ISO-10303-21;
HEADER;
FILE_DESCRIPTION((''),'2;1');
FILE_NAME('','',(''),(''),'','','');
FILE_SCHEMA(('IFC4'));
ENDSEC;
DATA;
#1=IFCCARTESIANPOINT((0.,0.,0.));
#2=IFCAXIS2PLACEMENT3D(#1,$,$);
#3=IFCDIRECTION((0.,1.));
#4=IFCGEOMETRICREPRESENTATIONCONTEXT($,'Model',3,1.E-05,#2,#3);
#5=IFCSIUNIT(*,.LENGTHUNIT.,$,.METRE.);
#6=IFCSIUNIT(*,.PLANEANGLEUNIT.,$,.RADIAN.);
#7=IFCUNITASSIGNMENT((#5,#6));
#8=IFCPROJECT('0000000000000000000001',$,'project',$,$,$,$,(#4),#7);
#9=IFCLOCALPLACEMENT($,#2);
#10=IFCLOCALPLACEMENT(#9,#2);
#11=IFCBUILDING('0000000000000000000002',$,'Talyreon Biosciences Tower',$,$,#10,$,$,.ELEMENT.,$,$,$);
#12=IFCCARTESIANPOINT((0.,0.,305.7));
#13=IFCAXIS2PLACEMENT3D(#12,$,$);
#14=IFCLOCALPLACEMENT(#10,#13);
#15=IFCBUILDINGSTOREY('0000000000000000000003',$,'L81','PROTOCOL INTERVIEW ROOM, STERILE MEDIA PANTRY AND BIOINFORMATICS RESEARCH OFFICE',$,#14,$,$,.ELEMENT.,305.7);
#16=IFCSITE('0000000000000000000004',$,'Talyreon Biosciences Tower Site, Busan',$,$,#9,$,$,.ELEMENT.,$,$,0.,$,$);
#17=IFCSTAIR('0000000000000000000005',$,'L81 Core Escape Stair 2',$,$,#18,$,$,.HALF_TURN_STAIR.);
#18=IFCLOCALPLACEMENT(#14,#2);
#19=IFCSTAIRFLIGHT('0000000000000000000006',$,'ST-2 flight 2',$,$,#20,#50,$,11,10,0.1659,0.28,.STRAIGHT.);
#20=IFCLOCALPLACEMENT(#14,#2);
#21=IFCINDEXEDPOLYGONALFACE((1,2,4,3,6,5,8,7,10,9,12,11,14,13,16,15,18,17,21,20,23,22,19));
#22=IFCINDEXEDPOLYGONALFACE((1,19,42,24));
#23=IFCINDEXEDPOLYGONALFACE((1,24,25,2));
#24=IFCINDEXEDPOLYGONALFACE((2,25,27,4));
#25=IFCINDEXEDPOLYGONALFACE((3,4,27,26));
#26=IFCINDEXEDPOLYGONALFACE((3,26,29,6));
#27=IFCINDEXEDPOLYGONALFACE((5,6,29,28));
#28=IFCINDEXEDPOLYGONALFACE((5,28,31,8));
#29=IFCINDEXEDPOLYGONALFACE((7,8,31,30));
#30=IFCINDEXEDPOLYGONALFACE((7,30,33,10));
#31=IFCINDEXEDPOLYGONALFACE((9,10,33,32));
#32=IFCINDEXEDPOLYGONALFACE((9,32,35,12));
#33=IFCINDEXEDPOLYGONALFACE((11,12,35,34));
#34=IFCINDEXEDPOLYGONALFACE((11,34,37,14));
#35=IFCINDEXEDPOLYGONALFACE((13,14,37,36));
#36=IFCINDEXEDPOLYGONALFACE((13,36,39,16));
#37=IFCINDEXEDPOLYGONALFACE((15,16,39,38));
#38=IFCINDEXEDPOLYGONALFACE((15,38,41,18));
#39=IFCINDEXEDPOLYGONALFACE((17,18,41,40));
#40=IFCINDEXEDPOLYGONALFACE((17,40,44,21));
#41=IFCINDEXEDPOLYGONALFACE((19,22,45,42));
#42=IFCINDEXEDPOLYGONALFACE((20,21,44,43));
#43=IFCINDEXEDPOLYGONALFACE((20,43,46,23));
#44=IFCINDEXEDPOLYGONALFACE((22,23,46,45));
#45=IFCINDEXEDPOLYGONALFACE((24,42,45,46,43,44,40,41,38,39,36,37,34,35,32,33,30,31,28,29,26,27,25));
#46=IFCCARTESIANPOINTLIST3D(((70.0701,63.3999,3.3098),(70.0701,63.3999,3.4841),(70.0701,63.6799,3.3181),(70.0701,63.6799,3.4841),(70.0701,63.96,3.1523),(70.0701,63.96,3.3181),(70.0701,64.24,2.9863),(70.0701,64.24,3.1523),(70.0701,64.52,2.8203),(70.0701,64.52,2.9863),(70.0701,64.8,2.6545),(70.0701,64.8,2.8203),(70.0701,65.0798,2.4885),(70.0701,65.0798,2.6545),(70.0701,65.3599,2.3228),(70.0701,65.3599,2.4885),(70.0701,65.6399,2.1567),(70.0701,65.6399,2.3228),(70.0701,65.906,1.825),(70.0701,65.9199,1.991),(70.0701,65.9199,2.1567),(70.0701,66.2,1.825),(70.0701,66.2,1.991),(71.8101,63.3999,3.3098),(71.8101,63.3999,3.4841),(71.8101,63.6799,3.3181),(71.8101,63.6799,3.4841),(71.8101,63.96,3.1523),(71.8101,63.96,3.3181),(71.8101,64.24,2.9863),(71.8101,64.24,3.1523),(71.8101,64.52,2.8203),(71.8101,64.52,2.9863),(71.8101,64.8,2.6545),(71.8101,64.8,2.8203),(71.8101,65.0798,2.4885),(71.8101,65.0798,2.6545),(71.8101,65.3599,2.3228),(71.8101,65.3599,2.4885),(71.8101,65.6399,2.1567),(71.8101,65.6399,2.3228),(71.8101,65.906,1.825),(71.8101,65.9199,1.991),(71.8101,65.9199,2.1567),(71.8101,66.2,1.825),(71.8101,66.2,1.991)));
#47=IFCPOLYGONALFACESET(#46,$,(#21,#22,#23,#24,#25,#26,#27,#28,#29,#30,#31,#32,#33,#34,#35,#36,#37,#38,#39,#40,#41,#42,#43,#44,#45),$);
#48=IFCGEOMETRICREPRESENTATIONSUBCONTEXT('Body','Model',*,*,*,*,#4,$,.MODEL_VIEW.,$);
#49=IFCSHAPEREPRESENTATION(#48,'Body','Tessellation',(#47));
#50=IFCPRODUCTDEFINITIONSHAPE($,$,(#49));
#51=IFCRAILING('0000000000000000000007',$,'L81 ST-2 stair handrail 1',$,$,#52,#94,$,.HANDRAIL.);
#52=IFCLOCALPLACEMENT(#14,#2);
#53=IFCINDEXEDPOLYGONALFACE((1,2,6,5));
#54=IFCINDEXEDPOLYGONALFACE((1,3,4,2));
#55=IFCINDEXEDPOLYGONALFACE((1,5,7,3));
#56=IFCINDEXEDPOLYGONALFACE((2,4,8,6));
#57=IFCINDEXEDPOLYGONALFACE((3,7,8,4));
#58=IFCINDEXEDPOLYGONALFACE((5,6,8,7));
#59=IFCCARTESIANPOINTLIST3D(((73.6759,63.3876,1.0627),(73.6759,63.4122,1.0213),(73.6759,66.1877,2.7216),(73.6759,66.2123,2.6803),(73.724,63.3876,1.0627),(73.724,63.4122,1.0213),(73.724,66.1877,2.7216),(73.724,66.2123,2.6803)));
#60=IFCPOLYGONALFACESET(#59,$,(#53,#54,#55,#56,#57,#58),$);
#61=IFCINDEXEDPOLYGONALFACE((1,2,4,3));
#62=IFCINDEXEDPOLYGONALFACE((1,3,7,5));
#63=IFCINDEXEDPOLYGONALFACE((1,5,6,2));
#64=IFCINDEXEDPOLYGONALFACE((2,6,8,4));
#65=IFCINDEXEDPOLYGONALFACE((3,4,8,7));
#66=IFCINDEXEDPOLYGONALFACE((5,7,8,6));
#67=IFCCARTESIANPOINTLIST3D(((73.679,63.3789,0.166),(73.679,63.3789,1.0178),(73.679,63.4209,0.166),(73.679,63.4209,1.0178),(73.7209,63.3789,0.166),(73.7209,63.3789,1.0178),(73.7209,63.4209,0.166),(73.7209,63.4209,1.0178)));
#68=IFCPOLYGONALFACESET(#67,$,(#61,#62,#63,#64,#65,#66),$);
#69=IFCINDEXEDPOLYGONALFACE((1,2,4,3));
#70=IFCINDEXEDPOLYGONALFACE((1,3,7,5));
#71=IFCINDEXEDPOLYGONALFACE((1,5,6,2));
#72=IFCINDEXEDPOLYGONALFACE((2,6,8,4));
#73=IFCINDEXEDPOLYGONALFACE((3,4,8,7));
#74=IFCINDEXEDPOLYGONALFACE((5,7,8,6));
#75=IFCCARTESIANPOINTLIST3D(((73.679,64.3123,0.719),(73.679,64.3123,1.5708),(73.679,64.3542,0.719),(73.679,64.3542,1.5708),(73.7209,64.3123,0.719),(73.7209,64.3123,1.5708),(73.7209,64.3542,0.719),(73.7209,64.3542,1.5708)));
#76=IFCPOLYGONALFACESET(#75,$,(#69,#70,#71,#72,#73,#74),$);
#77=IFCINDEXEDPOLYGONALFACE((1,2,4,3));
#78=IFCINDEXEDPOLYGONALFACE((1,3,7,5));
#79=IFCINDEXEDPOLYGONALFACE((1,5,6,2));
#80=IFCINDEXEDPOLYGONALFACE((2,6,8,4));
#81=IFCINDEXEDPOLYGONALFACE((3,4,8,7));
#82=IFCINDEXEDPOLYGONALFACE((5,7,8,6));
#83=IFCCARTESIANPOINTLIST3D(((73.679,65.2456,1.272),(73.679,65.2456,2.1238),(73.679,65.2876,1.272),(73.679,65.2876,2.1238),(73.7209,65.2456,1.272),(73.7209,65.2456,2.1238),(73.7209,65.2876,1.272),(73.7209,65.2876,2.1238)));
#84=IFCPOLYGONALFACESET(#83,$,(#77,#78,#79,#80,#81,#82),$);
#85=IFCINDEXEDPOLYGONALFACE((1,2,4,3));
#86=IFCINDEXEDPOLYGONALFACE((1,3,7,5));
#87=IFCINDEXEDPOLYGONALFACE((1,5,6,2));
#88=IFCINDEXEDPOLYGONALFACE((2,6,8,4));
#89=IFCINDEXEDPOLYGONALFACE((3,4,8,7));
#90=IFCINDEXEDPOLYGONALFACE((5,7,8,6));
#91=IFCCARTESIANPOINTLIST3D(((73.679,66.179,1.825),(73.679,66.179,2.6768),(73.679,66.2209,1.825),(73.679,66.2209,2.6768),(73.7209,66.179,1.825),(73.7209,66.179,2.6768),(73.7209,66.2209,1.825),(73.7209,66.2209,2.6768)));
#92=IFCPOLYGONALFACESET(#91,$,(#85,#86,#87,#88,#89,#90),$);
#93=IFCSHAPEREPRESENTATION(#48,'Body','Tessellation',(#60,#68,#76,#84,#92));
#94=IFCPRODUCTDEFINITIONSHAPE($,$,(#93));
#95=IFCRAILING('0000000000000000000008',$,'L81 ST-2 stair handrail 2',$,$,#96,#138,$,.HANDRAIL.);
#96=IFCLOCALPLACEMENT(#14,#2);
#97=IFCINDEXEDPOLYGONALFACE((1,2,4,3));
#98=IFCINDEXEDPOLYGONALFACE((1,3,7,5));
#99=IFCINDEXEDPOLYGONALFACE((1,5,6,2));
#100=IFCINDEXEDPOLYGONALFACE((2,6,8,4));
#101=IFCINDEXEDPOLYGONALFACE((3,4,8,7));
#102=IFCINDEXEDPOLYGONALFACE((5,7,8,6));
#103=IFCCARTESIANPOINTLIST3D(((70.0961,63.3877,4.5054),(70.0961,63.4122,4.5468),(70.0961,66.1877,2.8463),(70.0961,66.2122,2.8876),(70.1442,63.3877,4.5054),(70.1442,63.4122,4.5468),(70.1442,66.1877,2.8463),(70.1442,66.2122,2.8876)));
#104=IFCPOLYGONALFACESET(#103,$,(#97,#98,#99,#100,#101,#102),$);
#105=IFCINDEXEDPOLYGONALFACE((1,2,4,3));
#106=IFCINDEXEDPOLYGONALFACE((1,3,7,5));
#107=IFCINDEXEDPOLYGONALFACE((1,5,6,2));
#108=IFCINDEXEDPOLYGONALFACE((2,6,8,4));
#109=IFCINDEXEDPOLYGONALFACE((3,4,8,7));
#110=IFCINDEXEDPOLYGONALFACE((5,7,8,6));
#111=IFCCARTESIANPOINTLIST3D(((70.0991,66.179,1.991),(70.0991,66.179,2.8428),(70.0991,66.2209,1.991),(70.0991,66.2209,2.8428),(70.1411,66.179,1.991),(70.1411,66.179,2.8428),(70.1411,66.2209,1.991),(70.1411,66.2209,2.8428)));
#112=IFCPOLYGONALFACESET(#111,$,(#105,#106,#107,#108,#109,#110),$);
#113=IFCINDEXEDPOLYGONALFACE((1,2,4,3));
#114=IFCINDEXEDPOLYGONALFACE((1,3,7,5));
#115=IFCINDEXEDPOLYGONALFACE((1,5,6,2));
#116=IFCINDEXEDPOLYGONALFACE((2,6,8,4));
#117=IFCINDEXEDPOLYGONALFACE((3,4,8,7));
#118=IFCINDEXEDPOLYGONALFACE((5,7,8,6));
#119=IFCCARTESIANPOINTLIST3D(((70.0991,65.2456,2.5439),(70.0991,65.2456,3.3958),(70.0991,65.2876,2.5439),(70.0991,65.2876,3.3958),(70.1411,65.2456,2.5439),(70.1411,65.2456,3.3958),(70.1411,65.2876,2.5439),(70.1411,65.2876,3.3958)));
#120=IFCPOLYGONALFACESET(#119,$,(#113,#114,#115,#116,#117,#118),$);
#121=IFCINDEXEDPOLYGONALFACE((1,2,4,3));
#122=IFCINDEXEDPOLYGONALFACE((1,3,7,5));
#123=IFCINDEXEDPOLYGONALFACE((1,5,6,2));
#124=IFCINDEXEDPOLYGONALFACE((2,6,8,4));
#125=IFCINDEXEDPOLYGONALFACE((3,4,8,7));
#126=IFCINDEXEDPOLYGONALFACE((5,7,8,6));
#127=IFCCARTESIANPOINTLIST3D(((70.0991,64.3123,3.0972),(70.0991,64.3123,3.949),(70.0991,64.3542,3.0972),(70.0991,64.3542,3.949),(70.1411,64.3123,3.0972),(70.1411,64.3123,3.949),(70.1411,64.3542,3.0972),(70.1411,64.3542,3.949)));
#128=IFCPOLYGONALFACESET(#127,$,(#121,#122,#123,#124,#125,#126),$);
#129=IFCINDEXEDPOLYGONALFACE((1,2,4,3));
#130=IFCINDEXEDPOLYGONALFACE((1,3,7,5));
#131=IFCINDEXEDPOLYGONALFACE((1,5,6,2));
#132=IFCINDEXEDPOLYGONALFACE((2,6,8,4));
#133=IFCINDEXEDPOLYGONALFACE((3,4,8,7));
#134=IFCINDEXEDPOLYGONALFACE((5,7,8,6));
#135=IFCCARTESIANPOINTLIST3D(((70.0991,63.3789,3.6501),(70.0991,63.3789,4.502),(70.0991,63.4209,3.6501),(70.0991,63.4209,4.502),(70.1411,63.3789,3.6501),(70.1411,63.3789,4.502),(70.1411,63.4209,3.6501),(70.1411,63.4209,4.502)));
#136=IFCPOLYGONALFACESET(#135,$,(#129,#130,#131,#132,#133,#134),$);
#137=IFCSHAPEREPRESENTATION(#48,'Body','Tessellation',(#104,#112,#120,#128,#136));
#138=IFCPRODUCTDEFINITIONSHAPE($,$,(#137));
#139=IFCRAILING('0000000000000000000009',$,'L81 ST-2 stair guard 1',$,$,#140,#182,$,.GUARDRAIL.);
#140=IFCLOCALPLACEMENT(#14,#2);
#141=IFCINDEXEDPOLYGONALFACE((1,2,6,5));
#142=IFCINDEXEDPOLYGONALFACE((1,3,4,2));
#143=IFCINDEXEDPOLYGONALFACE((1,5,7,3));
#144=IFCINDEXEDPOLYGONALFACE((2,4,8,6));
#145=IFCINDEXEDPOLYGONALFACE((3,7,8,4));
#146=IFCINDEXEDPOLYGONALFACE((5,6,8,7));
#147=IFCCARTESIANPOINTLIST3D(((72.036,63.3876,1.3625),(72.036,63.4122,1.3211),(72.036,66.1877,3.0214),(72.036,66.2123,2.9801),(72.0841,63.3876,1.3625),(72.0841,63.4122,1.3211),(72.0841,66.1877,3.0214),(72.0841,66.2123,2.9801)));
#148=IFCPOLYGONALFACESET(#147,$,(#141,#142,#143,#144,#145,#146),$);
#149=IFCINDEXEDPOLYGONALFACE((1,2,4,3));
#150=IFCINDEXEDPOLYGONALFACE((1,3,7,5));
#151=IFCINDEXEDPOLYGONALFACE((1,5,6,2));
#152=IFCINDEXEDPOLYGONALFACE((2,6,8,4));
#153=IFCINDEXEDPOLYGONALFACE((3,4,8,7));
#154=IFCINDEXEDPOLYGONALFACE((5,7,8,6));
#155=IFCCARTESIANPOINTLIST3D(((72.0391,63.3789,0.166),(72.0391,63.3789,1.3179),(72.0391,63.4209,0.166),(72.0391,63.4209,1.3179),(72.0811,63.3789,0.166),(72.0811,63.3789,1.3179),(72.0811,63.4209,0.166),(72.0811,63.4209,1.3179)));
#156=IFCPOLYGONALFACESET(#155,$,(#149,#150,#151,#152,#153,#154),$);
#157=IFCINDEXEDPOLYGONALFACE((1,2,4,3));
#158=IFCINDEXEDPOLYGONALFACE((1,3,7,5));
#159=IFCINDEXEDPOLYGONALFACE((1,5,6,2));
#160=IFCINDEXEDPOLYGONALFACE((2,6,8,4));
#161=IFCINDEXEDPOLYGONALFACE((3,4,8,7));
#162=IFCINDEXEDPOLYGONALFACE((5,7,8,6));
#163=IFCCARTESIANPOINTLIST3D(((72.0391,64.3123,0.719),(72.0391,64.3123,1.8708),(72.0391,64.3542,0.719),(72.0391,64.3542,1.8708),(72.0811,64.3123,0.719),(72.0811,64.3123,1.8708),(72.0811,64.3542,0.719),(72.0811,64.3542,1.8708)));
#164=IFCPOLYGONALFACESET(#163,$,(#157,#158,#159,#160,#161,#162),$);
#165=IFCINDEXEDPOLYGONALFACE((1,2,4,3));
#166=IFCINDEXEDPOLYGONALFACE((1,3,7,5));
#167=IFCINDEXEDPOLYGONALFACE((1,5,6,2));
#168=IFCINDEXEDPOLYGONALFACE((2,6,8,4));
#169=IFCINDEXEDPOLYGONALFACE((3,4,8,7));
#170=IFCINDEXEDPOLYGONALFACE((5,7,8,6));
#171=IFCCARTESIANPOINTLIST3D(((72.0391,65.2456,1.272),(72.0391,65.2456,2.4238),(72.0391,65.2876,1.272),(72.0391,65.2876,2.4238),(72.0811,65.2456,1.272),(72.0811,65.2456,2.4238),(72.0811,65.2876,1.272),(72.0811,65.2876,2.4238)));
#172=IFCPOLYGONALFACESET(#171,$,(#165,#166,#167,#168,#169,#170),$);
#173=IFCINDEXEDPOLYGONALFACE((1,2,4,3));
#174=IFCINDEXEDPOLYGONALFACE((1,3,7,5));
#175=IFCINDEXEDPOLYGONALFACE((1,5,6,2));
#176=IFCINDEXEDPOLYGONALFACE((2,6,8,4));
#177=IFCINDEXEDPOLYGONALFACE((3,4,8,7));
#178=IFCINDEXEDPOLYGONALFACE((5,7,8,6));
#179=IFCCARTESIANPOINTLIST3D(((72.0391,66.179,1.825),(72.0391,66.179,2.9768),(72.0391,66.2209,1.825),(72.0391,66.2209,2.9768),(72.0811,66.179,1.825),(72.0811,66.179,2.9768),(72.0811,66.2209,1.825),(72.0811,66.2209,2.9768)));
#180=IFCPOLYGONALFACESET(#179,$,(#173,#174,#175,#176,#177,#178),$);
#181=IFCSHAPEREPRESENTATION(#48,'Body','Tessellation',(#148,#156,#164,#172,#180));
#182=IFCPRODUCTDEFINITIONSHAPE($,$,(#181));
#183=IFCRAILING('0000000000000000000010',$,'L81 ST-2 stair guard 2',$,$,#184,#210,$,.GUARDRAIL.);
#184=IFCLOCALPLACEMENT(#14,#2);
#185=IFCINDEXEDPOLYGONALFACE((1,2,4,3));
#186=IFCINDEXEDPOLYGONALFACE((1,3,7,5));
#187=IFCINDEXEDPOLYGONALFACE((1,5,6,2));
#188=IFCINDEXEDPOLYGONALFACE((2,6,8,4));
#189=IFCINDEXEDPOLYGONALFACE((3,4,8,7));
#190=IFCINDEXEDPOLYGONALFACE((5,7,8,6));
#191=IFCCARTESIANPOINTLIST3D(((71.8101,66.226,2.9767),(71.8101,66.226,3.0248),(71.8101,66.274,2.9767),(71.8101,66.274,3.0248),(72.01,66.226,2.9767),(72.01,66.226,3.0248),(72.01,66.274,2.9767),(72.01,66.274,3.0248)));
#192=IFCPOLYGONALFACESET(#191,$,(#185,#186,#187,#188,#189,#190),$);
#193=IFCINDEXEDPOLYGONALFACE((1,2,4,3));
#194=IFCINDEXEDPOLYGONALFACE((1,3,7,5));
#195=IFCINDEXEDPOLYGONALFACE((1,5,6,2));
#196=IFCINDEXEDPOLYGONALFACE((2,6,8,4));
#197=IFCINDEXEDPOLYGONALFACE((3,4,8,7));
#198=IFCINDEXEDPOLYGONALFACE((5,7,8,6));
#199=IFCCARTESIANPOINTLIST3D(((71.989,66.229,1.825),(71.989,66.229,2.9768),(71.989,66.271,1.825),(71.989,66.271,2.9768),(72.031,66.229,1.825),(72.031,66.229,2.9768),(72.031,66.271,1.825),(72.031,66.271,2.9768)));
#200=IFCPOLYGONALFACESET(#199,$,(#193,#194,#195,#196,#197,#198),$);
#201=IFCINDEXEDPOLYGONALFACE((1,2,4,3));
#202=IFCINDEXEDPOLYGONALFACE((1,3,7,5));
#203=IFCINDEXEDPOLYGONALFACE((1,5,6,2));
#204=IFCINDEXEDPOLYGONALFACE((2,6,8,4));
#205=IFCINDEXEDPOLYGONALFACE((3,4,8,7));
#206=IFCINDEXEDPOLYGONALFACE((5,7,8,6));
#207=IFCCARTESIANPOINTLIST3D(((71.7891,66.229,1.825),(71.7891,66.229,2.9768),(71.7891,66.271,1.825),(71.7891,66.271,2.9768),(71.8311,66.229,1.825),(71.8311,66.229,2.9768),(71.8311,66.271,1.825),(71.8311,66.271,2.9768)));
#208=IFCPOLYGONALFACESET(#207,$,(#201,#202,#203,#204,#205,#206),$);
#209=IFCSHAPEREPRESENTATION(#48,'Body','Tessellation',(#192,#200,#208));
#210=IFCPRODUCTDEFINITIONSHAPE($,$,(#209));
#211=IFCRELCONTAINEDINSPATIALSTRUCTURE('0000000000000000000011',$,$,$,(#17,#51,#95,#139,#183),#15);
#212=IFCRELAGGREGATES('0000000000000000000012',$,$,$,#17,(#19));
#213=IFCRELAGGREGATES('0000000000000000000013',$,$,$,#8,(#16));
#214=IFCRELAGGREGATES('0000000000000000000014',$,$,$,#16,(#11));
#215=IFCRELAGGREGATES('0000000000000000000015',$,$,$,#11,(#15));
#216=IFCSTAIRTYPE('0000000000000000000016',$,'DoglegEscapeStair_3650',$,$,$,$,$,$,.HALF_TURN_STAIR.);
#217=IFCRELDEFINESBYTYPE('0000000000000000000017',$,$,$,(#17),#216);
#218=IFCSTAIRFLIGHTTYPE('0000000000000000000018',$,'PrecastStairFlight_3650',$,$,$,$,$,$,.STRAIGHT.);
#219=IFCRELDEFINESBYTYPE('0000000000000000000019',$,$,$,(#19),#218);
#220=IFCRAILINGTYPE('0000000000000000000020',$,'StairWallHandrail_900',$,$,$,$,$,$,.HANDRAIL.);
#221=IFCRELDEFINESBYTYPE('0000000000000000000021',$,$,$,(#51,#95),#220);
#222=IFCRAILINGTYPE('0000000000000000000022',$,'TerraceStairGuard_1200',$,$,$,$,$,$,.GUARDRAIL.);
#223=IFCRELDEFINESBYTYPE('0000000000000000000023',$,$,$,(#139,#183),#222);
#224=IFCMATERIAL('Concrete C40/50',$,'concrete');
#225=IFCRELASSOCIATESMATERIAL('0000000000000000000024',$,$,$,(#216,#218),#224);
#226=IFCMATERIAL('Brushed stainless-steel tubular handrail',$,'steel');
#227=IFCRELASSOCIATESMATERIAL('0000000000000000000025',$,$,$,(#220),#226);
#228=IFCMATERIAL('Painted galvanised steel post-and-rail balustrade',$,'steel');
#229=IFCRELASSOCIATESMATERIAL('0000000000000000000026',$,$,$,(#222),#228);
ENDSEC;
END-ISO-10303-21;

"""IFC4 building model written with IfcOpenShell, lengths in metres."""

from ifc_helpers import new_model, si_unit, direction, frame, origin, origin_2d, place, context, subcontext, project, spatial, polyline, rectangle, outline, extrude, material, type_object, element, aggregate, save


model = new_model("IFC4")

# Units and contexts
model_context = context("Model", 3, precision=1e-05, world=origin(), true_north=direction((0.0, 1.0)))
body_context = subcontext(model_context, "Body", "Model", "MODEL_VIEW")
ifc_project = project(units=[si_unit("LENGTHUNIT", "METRE"), si_unit("PLANEANGLEUNIT", "RADIAN")], contexts=[model_context])

# Site, building, storey
site_placement = place(None, origin())
site = spatial("IfcSite", under=ifc_project, at=site_placement, Name="Talyreon Biosciences Tower Site, Busan", CompositionType="ELEMENT", RefElevation=0.0)
building_placement = place(site_placement, origin())
building = spatial("IfcBuilding", under=site, at=building_placement, Name="Talyreon Biosciences Tower", CompositionType="ELEMENT")
storey_placement = place(building_placement, frame((0.0, 0.0, 305.7)))
storey = spatial("IfcBuildingStorey", under=building, at=storey_placement, Name="L81", Description="PROTOCOL INTERVIEW ROOM, STERILE MEDIA PANTRY AND BIOINFORMATICS RESEARCH OFFICE", CompositionType="ELEMENT", Elevation=305.7)

# Stair, stair flight
ifc_material_1 = material(Name="Concrete C40/50", Category="concrete")
stair_type = type_object("IfcStairType", Name="DoglegEscapeStair_3650", PredefinedType="HALF_TURN_STAIR", material=ifc_material_1)
stair_placement = place(storey_placement, origin())
stair = element("IfcStair", 1, at=stair_placement, inside=storey, type_object=stair_type, Name="L81 Core Escape Stair 2", PredefinedType="HALF_TURN_STAIR")
stair_flight_type = type_object("IfcStairFlightType", Name="PrecastStairFlight_3650", PredefinedType="STRAIGHT", material=ifc_material_1)
stair_flight_1_placement = place(storey_placement, frame((70.9399, 66.2, 1.825), z_axis=(0.0, 0.0, 1.0), x_axis=(0.0, -1.0, 0.0)))
stair_flight_1 = element("IfcStairFlight", 2, at=stair_flight_1_placement, type_object=stair_flight_type, Name="ST-2 flight 2", NumberOfRisers=11, NumberOfTreads=10, PredefinedType="STRAIGHT", RiserHeight=0.1659, TreadLength=0.28, context=body_context, shape_type="SweptSolid", body=[
    extrude(outline(polyline([(0.0, 0.0), (0.0, 0.166), (0.28, 0.166), (0.28, 0.3318), (0.5601, 0.3318), (0.5601, 0.4978), (0.8401, 0.4978), (0.8401, 0.6636), (1.1201, 0.6636), (1.1201, 0.8296), (1.3999, 0.8296), (1.3999, 0.9954), (1.6799, 0.9954), (1.6799, 1.1614), (1.96, 1.1614), (1.96, 1.3274), (2.24, 1.3274), (2.24, 1.4932), (2.52, 1.4932), (2.52, 1.6592), (2.8, 1.6592), (2.8, 1.825), (2.8, 1.4849), (0.2939, 0.0), (0.0, 0.0)])), frame((0.0, 0.8701, 0.0), z_axis=(0.0, -1.0, 0.0), x_axis=(1.0, 0.0, 0.0)), (0.0, 0.0, 1.0), 1.74),
])
aggregate(stair, [stair_flight_1])

# Railings
ifc_material_2 = material(Name="Brushed stainless-steel tubular handrail", Category="steel")
railing_type_1 = type_object("IfcRailingType", Name="StairWallHandrail_900", PredefinedType="HANDRAIL", material=ifc_material_2)
railing_1_placement = place(storey_placement, frame((73.7, 63.3999, 0.166)))
element("IfcRailing", 3, at=railing_1_placement, inside=storey, type_object=railing_type_1, Name="L81 ST-2 stair handrail 1", PredefinedType="HANDRAIL", context=body_context, shape_type="SweptSolid", body=[
    extrude(rectangle(XDim=0.0481, YDim=0.0481, at=origin_2d()), frame((0.0, 0.0, 0.876), z_axis=(0.0, 0.860339, 0.509722), x_axis=(-1.0, 0.0, 0.0)), (0.0, 0.0, 1.0), 3.2546),
    extrude(rectangle(XDim=0.042, YDim=0.042, at=origin_2d()), origin(), (0.0, 0.0, 1.0), 0.8518),
    extrude(rectangle(XDim=0.042, YDim=0.042, at=origin_2d()), frame((0.0, 0.9333, 0.553)), (0.0, 0.0, 1.0), 0.8518),
    extrude(rectangle(XDim=0.042, YDim=0.042, at=origin_2d()), frame((0.0, 1.8667, 1.106)), (0.0, 0.0, 1.0), 0.8518),
    extrude(rectangle(XDim=0.042, YDim=0.042, at=origin_2d()), frame((0.0, 2.8, 1.6589)), (0.0, 0.0, 1.0), 0.8518),
])
railing_2_placement = place(storey_placement, frame((70.1201, 66.2, 1.991)))
element("IfcRailing", 4, at=railing_2_placement, inside=storey, type_object=railing_type_1, Name="L81 ST-2 stair handrail 2", PredefinedType="HANDRAIL", context=body_context, shape_type="SweptSolid", body=[
    extrude(rectangle(XDim=0.0481, YDim=0.0481, at=origin_2d()), frame((0.0, 0.0, 0.876), z_axis=(0.0, -0.860306, 0.509778), x_axis=(1.0, 0.0, 0.0)), (0.0, 0.0, 1.0), 3.2546),
    extrude(rectangle(XDim=0.042, YDim=0.042, at=origin_2d()), origin(), (0.0, 0.0, 1.0), 0.8518),
    extrude(rectangle(XDim=0.042, YDim=0.042, at=origin_2d()), frame((0.0, -0.9333, 0.553)), (0.0, 0.0, 1.0), 0.8518),
    extrude(rectangle(XDim=0.042, YDim=0.042, at=origin_2d()), frame((0.0, -1.8667, 1.1062)), (0.0, 0.0, 1.0), 0.8518),
    extrude(rectangle(XDim=0.042, YDim=0.042, at=origin_2d()), frame((0.0, -2.8, 1.6592)), (0.0, 0.0, 1.0), 0.8518),
])
ifc_material_3 = material(Name="Painted galvanised steel post-and-rail balustrade", Category="steel")
railing_type_2 = type_object("IfcRailingType", Name="TerraceStairGuard_1200", PredefinedType="GUARDRAIL", material=ifc_material_3)
railing_3_placement = place(storey_placement, frame((72.0601, 63.3999, 0.166)))
element("IfcRailing", 5, at=railing_3_placement, inside=storey, type_object=railing_type_2, Name="L81 ST-2 stair guard 1", PredefinedType="GUARDRAIL", context=body_context, shape_type="SweptSolid", body=[
    extrude(rectangle(XDim=0.0481, YDim=0.0481, at=origin_2d()), frame((0.0, 0.0, 1.1758), z_axis=(0.0, 0.860339, 0.509722), x_axis=(-1.0, 0.0, 0.0)), (0.0, 0.0, 1.0), 3.2546),
    extrude(rectangle(XDim=0.042, YDim=0.042, at=origin_2d()), origin(), (0.0, 0.0, 1.0), 1.1519),
    extrude(rectangle(XDim=0.042, YDim=0.042, at=origin_2d()), frame((0.0, 0.9333, 0.553)), (0.0, 0.0, 1.0), 1.1519),
    extrude(rectangle(XDim=0.042, YDim=0.042, at=origin_2d()), frame((0.0, 1.8667, 1.106)), (0.0, 0.0, 1.0), 1.1519),
    extrude(rectangle(XDim=0.042, YDim=0.042, at=origin_2d()), frame((0.0, 2.8, 1.6589)), (0.0, 0.0, 1.0), 1.1519),
])
railing_4_placement = place(storey_placement, frame((72.01, 66.25, 1.825)))
element("IfcRailing", 6, at=railing_4_placement, inside=storey, type_object=railing_type_2, Name="L81 ST-2 stair guard 2", PredefinedType="GUARDRAIL", context=body_context, shape_type="SweptSolid", body=[
    extrude(rectangle(XDim=0.0481, YDim=0.0481, at=origin_2d()), frame((0.0, 0.0, 1.1758), z_axis=(-1.0, 0.0, 0.0), x_axis=(0.0, -1.0, 0.0)), (0.0, 0.0, 1.0), 0.2),
    extrude(rectangle(XDim=0.042, YDim=0.042, at=origin_2d()), origin(), (0.0, 0.0, 1.0), 1.1519),
    extrude(rectangle(XDim=0.042, YDim=0.042, at=origin_2d()), frame((-0.2, 0.0, 0.0)), (0.0, 0.0, 1.0), 1.1519),
])

save(model, "model.ifc")
